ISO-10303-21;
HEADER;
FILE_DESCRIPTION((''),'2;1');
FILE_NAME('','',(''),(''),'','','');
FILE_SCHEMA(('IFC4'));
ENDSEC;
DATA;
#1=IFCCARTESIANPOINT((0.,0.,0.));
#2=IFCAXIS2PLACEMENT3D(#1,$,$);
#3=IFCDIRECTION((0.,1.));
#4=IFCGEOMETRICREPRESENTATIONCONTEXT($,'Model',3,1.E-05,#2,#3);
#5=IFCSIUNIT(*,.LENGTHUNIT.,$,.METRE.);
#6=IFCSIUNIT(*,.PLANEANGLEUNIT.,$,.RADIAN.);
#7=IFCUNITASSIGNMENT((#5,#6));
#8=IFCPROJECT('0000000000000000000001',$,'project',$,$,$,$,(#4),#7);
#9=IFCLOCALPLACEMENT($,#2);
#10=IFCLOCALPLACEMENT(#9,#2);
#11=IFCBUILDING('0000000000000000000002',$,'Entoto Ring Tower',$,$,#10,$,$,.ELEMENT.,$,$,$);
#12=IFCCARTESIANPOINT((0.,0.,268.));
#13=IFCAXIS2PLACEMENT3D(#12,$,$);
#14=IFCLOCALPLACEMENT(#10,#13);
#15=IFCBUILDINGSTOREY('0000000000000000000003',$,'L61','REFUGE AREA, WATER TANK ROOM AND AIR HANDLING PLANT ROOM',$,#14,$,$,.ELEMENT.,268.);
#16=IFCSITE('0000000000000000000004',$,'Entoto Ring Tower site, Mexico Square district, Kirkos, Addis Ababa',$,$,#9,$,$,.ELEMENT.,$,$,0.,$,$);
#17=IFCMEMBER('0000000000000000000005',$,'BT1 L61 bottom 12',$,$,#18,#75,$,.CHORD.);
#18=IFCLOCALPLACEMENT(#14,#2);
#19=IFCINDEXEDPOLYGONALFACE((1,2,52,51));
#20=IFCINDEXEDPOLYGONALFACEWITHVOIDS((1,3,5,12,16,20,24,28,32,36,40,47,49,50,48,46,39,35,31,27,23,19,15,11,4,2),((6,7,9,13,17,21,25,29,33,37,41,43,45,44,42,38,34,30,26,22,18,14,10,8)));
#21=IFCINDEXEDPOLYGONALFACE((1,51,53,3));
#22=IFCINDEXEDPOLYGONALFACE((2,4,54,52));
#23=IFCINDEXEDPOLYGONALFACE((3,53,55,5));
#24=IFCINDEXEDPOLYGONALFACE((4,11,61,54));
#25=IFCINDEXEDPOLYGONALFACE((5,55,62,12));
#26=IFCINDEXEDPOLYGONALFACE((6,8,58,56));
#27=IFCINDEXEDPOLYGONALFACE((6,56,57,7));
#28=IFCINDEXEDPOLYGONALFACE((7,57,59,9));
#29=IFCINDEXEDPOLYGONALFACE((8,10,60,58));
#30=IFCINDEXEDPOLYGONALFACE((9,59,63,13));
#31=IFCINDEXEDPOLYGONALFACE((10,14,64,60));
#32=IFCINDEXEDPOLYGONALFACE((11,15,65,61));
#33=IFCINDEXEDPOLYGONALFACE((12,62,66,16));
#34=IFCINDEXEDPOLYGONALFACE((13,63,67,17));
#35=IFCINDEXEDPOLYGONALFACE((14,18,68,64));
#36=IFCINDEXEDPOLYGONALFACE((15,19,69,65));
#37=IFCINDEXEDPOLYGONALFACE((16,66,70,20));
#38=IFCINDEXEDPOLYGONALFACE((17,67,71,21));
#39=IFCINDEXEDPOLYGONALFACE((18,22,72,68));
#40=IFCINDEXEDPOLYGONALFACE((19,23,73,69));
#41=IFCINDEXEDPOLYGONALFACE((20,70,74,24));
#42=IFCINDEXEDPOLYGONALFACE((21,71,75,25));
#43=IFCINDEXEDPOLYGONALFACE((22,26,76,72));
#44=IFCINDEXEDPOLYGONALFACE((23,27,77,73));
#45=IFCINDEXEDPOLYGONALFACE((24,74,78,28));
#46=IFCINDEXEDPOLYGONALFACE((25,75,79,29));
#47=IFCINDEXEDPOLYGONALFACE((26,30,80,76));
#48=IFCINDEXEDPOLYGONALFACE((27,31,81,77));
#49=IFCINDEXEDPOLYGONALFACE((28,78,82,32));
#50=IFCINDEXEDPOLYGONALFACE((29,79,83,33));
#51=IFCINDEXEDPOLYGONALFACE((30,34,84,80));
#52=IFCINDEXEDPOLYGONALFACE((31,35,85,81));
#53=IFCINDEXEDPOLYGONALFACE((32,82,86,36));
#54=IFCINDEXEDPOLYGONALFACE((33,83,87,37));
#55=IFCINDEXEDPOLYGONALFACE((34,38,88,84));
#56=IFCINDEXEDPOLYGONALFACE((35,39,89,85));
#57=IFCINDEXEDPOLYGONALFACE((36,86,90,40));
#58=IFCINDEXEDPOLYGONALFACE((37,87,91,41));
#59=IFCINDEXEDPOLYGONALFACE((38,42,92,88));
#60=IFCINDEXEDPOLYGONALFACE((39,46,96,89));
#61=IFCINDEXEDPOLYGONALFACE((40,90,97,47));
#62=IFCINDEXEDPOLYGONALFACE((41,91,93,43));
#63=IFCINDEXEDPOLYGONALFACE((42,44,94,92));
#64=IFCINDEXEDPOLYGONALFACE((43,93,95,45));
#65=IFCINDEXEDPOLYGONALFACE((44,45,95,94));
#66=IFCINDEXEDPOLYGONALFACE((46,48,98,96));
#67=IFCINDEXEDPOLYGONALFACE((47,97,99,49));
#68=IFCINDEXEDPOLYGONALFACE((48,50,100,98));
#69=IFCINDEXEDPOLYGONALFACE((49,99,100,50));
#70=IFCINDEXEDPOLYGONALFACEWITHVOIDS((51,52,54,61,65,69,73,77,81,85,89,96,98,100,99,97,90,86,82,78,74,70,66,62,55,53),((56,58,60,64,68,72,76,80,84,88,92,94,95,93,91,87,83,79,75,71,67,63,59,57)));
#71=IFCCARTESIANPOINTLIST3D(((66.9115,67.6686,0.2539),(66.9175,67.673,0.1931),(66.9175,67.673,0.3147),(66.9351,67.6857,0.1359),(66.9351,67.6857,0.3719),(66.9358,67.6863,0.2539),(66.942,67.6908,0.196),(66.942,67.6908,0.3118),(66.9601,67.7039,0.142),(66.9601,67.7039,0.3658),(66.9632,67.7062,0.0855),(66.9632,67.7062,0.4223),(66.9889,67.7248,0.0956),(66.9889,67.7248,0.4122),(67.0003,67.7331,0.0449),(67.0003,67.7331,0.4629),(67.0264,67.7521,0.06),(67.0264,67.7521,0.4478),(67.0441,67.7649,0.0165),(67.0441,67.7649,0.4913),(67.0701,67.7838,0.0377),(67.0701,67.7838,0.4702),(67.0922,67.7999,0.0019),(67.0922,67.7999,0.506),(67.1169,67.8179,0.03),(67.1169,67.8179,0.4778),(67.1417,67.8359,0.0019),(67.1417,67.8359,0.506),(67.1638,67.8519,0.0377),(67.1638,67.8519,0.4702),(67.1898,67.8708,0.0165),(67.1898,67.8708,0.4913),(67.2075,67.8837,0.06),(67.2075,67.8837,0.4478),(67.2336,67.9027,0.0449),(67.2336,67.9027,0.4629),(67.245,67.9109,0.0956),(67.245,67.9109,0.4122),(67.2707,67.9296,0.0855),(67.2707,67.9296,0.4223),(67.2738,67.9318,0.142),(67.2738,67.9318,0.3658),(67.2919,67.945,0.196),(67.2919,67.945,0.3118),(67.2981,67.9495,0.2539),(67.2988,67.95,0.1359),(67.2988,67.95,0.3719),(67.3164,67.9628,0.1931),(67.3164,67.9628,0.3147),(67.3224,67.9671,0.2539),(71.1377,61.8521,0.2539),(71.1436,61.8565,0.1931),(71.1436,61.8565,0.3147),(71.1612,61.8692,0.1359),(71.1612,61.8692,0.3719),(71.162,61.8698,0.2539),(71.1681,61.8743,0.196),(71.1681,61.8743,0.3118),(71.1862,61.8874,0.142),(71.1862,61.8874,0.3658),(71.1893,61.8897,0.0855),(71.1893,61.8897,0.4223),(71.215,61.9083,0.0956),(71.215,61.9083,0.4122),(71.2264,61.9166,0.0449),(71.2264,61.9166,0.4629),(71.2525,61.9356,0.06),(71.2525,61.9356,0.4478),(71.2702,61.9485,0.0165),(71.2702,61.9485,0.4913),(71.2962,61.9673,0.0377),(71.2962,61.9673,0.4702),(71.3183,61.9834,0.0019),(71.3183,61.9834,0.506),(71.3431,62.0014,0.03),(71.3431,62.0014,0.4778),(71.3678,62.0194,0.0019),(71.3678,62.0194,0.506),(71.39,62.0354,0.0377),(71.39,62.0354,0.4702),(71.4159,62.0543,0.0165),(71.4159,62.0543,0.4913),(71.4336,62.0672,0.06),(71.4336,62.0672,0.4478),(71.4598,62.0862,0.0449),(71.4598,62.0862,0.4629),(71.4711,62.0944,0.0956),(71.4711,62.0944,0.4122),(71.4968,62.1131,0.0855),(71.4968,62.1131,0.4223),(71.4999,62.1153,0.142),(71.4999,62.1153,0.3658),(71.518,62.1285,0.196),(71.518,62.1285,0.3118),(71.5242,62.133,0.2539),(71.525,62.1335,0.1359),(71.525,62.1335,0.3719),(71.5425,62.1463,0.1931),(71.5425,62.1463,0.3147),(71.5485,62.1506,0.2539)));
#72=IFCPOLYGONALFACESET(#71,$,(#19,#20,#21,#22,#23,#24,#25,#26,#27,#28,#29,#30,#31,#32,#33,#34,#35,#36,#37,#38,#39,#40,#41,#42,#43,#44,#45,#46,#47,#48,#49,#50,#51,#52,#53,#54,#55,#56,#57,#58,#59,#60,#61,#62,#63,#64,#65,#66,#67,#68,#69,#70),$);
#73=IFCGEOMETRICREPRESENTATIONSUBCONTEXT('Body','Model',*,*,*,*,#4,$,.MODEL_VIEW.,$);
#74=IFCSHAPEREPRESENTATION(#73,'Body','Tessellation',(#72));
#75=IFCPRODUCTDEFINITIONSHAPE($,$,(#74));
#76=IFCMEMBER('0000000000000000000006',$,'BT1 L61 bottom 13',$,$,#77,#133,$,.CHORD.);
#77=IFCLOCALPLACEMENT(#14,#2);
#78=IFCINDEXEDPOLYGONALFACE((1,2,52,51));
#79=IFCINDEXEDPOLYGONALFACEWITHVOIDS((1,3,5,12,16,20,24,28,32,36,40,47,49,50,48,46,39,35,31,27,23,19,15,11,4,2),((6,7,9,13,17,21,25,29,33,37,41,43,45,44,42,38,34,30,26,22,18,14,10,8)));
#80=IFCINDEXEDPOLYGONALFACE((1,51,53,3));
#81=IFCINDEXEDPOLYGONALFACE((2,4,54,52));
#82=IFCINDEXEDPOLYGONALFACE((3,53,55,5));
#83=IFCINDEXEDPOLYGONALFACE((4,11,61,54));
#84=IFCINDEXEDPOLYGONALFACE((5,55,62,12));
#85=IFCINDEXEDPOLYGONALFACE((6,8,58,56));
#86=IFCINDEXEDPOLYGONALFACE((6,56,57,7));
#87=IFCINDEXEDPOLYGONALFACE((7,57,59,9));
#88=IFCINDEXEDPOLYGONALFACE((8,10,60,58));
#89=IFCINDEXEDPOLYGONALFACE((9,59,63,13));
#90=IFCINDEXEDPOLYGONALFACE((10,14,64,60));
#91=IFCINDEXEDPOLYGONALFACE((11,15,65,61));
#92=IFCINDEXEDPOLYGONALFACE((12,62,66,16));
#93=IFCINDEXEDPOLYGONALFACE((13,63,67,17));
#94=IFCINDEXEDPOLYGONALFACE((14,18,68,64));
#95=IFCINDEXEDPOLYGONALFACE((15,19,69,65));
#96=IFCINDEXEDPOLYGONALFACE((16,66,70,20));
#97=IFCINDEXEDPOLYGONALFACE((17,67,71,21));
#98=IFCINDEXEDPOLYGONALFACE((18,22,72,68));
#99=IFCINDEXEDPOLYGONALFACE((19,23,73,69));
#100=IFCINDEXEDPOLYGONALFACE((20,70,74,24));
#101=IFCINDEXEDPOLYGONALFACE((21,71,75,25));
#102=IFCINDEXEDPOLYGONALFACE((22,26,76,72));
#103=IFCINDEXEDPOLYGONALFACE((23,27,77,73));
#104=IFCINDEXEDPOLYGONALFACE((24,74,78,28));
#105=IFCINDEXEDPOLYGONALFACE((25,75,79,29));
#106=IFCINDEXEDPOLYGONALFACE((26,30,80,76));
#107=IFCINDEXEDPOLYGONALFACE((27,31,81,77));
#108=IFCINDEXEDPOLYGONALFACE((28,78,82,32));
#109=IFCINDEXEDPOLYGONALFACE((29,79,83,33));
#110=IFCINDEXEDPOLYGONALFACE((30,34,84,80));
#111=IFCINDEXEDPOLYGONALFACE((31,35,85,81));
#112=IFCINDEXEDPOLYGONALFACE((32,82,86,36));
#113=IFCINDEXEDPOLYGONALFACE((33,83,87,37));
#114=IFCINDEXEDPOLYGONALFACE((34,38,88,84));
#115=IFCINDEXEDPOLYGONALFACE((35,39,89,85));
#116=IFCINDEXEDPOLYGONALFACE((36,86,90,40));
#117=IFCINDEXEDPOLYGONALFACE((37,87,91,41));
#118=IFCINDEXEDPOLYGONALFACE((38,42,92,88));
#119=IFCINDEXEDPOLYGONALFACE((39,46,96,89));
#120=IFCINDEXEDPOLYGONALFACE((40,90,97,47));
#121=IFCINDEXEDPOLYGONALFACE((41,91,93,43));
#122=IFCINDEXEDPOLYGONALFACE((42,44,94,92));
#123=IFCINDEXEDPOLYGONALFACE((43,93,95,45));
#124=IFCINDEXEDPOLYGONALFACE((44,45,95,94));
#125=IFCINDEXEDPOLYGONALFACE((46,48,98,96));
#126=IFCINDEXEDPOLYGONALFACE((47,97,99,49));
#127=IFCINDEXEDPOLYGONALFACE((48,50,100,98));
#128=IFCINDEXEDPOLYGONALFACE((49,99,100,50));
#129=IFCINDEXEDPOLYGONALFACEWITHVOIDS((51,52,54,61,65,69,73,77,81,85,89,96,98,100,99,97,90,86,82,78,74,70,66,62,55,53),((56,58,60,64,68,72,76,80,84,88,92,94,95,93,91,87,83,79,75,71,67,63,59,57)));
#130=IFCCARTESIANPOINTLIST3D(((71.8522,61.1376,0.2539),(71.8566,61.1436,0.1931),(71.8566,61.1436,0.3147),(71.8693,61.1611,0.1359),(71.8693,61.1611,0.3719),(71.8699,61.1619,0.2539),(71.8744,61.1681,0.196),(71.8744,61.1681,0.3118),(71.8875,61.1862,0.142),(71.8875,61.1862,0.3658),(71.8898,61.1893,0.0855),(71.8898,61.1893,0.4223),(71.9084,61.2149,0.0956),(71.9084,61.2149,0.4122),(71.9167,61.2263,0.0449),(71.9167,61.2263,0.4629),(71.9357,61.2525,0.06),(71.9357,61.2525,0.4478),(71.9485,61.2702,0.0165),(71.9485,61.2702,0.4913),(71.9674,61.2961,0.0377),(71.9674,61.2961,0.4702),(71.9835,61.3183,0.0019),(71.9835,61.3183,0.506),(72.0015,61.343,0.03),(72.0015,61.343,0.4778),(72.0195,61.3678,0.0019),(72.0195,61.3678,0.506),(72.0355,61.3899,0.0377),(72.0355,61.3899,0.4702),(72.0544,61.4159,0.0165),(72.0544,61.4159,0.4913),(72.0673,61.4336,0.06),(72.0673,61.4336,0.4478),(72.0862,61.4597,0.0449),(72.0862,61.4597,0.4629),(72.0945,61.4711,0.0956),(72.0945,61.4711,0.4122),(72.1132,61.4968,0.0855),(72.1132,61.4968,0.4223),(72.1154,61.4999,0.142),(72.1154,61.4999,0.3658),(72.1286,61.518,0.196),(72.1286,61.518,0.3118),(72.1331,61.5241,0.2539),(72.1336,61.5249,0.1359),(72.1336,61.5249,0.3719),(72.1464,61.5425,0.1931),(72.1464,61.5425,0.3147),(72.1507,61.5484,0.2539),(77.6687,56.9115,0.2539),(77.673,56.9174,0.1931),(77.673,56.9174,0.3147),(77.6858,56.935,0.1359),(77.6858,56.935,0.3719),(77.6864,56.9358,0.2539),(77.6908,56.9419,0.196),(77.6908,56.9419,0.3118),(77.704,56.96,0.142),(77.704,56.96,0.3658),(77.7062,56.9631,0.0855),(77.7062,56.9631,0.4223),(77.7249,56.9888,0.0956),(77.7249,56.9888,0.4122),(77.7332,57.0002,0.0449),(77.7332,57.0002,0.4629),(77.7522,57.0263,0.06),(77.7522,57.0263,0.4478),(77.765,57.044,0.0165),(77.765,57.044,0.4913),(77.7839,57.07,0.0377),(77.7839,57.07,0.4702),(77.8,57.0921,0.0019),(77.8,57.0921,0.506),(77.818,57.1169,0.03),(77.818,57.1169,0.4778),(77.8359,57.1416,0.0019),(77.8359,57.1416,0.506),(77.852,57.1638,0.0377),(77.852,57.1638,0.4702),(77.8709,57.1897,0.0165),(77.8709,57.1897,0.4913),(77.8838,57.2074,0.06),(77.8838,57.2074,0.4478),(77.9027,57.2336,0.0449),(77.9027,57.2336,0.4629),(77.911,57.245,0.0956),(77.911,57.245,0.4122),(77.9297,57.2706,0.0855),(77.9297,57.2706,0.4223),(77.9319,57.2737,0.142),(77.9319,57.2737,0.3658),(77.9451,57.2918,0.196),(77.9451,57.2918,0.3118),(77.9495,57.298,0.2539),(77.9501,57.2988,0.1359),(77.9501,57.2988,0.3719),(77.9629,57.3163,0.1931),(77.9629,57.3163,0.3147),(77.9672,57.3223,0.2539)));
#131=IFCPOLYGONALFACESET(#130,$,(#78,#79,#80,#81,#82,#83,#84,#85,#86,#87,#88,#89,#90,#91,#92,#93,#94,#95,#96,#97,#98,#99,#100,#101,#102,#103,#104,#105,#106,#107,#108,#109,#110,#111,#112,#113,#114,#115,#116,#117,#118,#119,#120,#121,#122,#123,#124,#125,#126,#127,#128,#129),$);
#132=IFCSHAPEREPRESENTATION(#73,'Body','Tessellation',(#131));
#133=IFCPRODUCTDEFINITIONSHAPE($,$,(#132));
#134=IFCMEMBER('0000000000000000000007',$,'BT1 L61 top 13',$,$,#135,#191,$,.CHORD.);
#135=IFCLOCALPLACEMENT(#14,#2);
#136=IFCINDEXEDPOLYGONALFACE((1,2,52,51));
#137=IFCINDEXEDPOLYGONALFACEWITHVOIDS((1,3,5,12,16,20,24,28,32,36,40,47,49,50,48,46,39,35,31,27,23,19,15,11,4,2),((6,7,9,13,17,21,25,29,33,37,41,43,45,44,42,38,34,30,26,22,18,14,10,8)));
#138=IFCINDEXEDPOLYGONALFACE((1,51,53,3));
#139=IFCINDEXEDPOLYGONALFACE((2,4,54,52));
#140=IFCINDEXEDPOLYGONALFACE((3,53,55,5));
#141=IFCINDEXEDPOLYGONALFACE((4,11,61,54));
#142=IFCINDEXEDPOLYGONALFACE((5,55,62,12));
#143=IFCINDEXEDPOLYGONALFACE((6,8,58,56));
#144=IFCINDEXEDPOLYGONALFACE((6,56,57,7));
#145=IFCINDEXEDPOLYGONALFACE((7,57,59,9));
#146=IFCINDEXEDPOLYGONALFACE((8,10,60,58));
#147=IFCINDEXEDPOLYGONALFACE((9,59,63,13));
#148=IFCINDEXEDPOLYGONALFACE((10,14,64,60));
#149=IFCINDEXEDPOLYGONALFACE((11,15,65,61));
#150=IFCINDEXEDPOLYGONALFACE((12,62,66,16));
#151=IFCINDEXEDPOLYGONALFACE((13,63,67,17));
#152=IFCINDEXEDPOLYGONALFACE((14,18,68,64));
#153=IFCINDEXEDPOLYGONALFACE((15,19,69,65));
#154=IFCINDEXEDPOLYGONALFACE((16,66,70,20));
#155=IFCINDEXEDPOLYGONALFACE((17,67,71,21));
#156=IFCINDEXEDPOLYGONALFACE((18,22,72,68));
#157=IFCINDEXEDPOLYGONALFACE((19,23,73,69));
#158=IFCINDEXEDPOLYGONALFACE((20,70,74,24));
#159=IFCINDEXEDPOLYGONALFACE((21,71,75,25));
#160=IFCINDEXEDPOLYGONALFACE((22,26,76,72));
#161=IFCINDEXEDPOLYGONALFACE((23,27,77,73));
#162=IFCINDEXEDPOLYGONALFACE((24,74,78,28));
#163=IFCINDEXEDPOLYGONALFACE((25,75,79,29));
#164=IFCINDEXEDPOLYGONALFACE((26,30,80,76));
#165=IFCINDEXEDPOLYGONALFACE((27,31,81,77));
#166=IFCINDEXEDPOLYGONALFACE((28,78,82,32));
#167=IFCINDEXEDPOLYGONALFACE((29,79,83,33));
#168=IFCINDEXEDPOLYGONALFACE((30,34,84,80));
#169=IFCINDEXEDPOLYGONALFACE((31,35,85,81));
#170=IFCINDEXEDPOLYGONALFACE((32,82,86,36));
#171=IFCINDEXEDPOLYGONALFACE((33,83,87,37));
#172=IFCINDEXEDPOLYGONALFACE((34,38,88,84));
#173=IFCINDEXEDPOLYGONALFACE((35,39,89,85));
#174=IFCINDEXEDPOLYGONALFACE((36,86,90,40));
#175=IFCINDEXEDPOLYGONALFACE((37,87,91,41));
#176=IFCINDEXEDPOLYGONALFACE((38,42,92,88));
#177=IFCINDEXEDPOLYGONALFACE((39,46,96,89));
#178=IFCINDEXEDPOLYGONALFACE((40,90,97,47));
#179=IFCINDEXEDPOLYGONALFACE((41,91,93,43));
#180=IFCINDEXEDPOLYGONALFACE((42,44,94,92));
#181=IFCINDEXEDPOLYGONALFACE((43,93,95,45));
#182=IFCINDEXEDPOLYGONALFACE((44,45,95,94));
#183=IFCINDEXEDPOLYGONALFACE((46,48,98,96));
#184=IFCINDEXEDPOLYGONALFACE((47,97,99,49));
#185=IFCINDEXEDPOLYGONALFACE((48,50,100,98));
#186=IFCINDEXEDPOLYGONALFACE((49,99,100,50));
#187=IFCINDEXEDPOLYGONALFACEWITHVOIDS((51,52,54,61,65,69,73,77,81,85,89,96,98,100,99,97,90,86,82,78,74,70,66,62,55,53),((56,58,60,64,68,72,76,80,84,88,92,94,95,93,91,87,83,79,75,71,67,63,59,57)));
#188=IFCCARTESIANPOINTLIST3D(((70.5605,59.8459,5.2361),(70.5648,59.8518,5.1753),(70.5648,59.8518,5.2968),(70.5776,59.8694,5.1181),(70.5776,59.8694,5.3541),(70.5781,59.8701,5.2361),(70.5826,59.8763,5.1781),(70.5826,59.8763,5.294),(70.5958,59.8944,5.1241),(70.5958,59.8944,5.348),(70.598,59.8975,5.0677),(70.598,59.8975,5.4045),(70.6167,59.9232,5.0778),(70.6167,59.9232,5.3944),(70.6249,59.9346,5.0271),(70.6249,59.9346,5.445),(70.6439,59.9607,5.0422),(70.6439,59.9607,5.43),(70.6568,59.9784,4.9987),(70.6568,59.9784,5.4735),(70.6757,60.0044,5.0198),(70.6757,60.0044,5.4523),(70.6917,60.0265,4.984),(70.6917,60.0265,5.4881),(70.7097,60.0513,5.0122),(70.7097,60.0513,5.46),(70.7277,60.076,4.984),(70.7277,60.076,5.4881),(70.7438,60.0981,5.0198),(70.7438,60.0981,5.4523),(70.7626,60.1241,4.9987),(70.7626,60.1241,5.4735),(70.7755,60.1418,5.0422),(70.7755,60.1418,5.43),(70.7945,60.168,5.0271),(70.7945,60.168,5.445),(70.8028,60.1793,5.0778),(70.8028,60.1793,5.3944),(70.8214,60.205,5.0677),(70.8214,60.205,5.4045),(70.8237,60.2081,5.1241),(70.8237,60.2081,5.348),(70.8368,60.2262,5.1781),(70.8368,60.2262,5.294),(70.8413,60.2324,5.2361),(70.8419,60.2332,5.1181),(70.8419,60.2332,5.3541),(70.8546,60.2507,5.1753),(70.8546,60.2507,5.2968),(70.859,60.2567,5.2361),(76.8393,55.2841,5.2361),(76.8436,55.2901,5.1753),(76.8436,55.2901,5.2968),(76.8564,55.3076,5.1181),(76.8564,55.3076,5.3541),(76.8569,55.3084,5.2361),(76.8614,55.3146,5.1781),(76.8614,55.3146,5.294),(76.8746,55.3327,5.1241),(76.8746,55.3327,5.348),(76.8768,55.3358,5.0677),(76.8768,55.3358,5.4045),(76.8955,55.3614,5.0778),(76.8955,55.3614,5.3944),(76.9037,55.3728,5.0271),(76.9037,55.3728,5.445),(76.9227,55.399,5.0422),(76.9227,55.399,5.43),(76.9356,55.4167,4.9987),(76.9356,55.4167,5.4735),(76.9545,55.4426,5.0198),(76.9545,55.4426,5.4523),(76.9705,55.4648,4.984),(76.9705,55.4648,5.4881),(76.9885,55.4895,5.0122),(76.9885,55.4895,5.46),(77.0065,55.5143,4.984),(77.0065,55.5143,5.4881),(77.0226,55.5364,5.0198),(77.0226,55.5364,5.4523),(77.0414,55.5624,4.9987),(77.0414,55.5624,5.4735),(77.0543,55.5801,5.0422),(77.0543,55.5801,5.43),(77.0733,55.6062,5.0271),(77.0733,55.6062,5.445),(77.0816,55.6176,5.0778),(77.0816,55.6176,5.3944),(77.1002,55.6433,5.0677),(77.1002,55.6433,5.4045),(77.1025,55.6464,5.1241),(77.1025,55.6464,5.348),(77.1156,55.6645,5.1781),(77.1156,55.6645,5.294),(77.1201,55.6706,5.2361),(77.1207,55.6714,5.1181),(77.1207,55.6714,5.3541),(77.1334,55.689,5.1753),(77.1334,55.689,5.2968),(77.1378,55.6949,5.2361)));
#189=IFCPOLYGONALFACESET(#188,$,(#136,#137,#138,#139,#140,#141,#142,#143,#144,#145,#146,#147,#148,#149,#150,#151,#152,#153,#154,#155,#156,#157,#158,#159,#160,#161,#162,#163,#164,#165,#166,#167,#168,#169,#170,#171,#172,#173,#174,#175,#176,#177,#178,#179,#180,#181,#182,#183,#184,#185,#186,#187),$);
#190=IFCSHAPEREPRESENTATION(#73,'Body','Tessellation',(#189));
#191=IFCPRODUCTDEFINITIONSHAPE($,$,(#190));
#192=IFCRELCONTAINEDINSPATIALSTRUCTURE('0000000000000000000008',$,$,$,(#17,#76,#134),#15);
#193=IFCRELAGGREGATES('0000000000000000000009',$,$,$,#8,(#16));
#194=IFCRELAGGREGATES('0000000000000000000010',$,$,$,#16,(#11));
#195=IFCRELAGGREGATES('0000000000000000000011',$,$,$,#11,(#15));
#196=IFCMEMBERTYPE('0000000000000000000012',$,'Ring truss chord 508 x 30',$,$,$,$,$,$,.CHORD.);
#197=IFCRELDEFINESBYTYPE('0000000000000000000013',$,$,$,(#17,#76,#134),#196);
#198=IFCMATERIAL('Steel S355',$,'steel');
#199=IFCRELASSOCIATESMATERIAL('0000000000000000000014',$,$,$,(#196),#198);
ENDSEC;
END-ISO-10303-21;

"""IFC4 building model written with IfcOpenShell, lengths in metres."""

from ifc_helpers import new_model, si_unit, direction, frame, origin, origin_2d, place, context, subcontext, project, spatial, circle, hollow_circle, extrude, material, material_profile, profile_set, type_object, element, save


model = new_model("IFC4")

# Units and contexts
model_context = context("Model", 3, precision=1e-05, world=origin(), true_north=direction((0.0, 1.0)))
body_context = subcontext(model_context, "Body", "Model", "MODEL_VIEW")
ifc_project = project(units=[si_unit("LENGTHUNIT", "METRE"), si_unit("PLANEANGLEUNIT", "RADIAN")], contexts=[model_context])

# Site, building, storey
site_placement = place(None, origin())
site = spatial("IfcSite", under=ifc_project, at=site_placement, Name="Entoto Ring Tower site, Mexico Square district, Kirkos, Addis Ababa", CompositionType="ELEMENT", RefElevation=0.0)
building_placement = place(site_placement, origin())
building = spatial("IfcBuilding", under=site, at=building_placement, Name="Entoto Ring Tower", CompositionType="ELEMENT")
storey_placement = place(building_placement, frame((0.0, 0.0, 268.0)))
storey = spatial("IfcBuildingStorey", under=building, at=storey_placement, Name="L61", Description="REFUGE AREA, WATER TANK ROOM AND AIR HANDLING PLANT ROOM", CompositionType="ELEMENT", Elevation=268.0)

# Members
ifc_material_1 = material(Name="Steel S355", Category="steel")
ifc_material_profile_1 = material_profile(ifc_material_1, hollow_circle(Radius=0.2539, WallThickness=0.03, at=origin_2d()), Name="CHS 508 x 30")
ifc_material_2 = material(Name="Concrete C60/75", Category="concrete")
ifc_material_profile_2 = material_profile(ifc_material_2, circle(Radius=0.2241, at=origin_2d()), Name="Concrete C60/75 infill")
ifc_profile_set_1 = profile_set([ifc_material_profile_1, ifc_material_profile_2], Name="Steel S355")
member_type_1 = type_object("IfcMemberType", Name="Ring truss chord 508 x 30", PredefinedType="CHORD", material=ifc_profile_set_1)
for number, where, z_axis, x_axis, name in (
    (1, (67.1169, 67.8179, 0.2539), (0.587804, -0.809003, 0.0), (0.809003, 0.587804, 0.0), "BT1 L61 bottom 12"),
    (2, (72.0015, 61.343, 0.2539), (0.809003, -0.587804, 0.0), (0.587804, 0.809003, 0.0), "BT1 L61 bottom 13"),
):
    element("IfcMember", number, at=place(storey_placement, frame(where, z_axis=z_axis, x_axis=x_axis)), inside=storey, type_object=member_type_1, Name=name, PredefinedType="CHORD", context=body_context, shape_type="SweptSolid", body=[
        extrude(hollow_circle(Radius=0.2539, WallThickness=0.03, at=origin_2d()), origin(), (0.0, 0.0, 1.0), 7.1897),
    ])
member_1_placement = place(storey_placement, frame((70.7097, 60.0513, 5.2361), z_axis=(0.80902, -0.587781, 0.0), x_axis=(0.587781, 0.80902, 0.0)))
element("IfcMember", 3, at=member_1_placement, inside=storey, type_object=member_type_1, Name="BT1 L61 top 13", PredefinedType="CHORD", context=body_context, shape_type="SweptSolid", body=[
    extrude(hollow_circle(Radius=0.2539, WallThickness=0.03, at=origin_2d()), origin(), (0.0, 0.0, 1.0), 7.761),
])

save(model, "model.ifc")
